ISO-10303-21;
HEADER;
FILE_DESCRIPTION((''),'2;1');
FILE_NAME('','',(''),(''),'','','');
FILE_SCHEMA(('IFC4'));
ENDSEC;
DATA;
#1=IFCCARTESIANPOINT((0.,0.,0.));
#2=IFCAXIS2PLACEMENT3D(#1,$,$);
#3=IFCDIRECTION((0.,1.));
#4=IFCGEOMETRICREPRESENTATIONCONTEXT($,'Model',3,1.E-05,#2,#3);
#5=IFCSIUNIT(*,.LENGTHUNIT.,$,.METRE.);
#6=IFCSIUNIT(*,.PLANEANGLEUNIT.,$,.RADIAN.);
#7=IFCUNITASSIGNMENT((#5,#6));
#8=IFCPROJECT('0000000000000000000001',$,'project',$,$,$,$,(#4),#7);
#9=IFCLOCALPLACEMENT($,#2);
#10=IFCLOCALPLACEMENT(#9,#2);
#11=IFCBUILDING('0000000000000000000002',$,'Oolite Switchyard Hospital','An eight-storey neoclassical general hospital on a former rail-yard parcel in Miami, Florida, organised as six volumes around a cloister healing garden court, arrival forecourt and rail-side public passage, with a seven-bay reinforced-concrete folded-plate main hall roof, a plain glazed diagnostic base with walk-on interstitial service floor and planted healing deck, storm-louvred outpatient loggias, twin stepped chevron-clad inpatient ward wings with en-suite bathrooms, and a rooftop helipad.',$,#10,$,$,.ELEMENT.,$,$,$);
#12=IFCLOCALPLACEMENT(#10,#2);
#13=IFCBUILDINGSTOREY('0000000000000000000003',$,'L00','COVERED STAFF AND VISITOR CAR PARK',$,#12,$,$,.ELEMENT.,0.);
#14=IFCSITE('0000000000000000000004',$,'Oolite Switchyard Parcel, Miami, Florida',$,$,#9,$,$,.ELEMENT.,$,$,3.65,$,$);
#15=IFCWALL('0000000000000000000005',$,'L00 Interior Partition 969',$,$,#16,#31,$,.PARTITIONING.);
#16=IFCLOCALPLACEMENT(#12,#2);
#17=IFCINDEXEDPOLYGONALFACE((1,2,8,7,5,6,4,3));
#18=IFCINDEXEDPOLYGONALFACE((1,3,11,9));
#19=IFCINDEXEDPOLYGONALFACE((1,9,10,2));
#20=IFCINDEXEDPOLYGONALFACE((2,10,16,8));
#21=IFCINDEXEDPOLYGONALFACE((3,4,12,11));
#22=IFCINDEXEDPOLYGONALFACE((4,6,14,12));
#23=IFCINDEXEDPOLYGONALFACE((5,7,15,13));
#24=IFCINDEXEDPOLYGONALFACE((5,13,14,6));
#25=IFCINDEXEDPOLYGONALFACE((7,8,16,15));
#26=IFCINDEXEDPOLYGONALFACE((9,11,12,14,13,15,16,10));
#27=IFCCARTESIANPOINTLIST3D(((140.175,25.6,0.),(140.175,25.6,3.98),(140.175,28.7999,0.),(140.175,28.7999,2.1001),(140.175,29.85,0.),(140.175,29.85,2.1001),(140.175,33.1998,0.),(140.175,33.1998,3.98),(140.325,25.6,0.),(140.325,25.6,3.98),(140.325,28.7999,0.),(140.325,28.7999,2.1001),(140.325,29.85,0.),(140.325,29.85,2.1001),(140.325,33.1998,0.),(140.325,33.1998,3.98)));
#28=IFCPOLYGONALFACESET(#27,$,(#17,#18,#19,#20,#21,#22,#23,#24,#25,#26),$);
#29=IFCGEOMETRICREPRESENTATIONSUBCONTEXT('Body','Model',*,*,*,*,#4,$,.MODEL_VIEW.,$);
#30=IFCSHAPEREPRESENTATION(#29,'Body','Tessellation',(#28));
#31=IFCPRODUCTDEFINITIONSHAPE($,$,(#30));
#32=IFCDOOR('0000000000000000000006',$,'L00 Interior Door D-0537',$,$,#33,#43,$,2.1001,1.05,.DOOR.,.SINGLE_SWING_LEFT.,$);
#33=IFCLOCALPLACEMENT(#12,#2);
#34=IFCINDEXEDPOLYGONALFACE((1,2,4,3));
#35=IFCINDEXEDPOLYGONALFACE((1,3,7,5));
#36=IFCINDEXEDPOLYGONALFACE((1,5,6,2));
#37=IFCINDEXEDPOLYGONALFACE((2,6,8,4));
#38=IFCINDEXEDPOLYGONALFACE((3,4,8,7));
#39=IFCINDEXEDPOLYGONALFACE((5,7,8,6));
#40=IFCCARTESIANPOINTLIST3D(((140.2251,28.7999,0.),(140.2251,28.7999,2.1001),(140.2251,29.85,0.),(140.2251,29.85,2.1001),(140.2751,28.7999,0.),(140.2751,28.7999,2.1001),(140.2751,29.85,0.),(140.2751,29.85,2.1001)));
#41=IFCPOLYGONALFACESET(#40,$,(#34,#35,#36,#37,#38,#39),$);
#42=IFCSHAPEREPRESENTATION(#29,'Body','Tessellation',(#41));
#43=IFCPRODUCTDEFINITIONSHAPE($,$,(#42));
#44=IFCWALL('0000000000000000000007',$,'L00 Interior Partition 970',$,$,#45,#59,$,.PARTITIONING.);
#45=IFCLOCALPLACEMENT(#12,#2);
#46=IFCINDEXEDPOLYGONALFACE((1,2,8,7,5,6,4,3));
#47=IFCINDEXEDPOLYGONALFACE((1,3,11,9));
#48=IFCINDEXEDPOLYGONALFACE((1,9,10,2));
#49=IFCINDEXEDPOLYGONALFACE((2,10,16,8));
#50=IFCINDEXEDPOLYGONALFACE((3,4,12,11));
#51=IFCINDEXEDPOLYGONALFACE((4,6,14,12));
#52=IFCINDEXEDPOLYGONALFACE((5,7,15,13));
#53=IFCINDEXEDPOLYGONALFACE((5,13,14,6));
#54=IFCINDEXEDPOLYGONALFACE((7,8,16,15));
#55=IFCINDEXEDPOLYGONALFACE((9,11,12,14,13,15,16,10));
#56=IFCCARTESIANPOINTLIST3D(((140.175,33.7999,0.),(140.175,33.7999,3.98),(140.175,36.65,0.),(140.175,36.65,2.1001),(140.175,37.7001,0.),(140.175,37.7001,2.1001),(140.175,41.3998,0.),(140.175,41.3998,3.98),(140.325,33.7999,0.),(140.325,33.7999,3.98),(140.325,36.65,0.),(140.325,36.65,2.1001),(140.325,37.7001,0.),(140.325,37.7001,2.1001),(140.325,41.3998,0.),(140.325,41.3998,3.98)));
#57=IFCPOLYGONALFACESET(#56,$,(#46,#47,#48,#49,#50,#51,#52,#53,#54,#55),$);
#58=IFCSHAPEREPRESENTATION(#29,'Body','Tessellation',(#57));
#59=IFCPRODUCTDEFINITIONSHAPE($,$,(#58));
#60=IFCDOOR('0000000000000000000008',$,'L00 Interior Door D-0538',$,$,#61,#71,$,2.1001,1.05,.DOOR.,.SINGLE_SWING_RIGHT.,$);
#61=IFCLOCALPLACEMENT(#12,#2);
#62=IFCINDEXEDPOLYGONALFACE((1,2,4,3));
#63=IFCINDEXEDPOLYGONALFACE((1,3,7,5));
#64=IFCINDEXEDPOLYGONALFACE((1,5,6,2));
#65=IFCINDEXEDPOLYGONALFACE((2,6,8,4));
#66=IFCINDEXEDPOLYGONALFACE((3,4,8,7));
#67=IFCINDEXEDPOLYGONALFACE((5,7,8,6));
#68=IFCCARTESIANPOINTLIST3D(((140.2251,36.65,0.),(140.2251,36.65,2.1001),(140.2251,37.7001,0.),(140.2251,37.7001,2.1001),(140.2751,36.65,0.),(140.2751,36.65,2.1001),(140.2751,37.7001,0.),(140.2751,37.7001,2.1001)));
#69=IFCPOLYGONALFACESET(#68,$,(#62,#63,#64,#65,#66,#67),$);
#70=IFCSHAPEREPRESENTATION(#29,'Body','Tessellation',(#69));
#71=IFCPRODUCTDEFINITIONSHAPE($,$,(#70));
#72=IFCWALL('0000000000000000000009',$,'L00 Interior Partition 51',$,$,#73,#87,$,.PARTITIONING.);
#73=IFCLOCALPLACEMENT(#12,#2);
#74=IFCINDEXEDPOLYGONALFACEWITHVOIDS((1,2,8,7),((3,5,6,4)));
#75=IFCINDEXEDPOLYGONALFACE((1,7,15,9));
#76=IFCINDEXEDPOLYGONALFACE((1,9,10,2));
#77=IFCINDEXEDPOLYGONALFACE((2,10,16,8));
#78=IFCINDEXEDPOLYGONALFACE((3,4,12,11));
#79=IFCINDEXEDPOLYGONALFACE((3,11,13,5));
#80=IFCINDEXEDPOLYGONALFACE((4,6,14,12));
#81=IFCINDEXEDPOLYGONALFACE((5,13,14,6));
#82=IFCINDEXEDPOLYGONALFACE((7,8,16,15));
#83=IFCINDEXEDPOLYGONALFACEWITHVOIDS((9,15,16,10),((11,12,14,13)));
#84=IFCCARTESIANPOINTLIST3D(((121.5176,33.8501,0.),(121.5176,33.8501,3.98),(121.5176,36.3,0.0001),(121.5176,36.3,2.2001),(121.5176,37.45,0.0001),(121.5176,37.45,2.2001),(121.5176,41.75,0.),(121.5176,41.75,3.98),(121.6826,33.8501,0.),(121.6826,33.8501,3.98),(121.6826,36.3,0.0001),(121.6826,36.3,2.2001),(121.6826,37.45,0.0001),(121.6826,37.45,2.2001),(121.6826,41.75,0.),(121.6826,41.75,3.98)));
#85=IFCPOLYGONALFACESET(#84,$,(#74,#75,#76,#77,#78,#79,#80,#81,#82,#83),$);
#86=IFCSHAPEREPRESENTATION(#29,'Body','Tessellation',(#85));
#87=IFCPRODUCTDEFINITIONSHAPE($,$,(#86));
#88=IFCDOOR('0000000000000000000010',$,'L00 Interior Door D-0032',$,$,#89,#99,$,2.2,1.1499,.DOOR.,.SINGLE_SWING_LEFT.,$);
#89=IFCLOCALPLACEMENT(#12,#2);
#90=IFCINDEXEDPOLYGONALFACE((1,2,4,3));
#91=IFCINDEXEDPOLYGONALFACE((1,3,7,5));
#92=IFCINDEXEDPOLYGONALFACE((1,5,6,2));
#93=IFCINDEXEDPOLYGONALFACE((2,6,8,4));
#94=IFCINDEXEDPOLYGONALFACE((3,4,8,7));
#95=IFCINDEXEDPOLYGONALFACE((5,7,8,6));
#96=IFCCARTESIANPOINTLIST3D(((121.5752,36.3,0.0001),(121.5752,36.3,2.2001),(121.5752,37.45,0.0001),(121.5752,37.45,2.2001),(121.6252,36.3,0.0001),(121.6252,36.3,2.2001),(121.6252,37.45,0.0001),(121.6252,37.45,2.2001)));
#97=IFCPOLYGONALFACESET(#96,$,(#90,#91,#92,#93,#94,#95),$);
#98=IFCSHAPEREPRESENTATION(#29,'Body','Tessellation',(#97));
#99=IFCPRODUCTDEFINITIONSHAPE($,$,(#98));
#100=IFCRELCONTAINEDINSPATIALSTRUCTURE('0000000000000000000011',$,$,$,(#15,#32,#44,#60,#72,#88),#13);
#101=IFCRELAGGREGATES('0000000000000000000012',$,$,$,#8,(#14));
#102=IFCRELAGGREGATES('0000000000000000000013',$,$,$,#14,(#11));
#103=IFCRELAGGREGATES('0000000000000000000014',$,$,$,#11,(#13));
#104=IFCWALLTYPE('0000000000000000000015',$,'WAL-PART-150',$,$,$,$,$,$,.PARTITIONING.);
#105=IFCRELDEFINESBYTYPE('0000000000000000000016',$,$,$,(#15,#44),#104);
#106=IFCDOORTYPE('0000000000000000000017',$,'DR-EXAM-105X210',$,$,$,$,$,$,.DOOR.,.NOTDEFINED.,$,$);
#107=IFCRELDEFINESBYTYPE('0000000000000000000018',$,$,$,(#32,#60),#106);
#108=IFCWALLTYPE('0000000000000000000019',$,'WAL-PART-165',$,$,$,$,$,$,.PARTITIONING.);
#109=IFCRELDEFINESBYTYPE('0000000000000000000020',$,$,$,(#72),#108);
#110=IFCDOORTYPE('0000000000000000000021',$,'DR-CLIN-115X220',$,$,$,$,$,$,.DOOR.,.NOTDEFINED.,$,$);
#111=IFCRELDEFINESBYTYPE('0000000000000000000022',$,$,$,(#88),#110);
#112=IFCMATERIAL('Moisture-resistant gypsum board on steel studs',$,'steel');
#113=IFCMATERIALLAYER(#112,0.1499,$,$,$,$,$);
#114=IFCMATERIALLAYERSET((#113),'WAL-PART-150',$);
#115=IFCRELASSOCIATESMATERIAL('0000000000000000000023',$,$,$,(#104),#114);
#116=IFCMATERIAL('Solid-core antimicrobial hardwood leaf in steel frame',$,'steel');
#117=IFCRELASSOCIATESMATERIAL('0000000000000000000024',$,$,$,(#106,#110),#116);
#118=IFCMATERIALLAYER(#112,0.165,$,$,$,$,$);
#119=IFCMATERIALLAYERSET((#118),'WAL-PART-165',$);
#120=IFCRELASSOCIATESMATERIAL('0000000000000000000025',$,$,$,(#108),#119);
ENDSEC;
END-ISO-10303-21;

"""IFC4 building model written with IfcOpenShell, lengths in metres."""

from ifc_helpers import new_model, si_unit, direction, frame, frame_2d, origin, place, context, subcontext, project, spatial, rectangle, extrude, material, layer, layer_set, type_object, element, fill, save


model = new_model("IFC4")

# Units and contexts
model_context = context("Model", 3, precision=1e-05, world=origin(), true_north=direction((0.0, 1.0)))
body_context = subcontext(model_context, "Body", "Model", "MODEL_VIEW")
ifc_project = project(units=[si_unit("LENGTHUNIT", "METRE"), si_unit("PLANEANGLEUNIT", "RADIAN")], contexts=[model_context])

# Site, building, storey
site_placement = place(None, origin())
site = spatial("IfcSite", under=ifc_project, at=site_placement, Name="Oolite Switchyard Parcel, Miami, Florida", CompositionType="ELEMENT", RefElevation=3.65)
building_placement = place(site_placement, origin())
building = spatial("IfcBuilding", under=site, at=building_placement, Name="Oolite Switchyard Hospital", Description="An eight-storey neoclassical general hospital on a former rail-yard parcel in Miami, Florida, organised as six volumes around a cloister healing garden court, arrival forecourt and rail-side public passage, with a seven-bay reinforced-concrete folded-plate main hall roof, a plain glazed diagnostic base with walk-on interstitial service floor and planted healing deck, storm-louvred outpatient loggias, twin stepped chevron-clad inpatient ward wings with en-suite bathrooms, and a rooftop helipad.", CompositionType="ELEMENT")
storey_placement = place(building_placement, origin())
storey = spatial("IfcBuildingStorey", under=building, at=storey_placement, Name="L00", Description="COVERED STAFF AND VISITOR CAR PARK", CompositionType="ELEMENT", Elevation=0.0)

# Walls, openings, doors
ifc_material_1 = material(Name="Moisture-resistant gypsum board on steel studs", Category="steel")
ifc_layer_1 = layer(ifc_material_1, 0.1499)
ifc_layer_set_1 = layer_set([ifc_layer_1], Name="WAL-PART-150")
wall_type_1 = type_object("IfcWallType", Name="WAL-PART-150", PredefinedType="PARTITIONING", material=ifc_layer_set_1)
wall_1_placement = place(storey_placement, frame((140.25, 25.6001, 0.0), z_axis=(0.0, 0.0, 1.0), x_axis=(0.0, 1.0, 0.0)))
wall_1 = element("IfcWall", 1, at=wall_1_placement, inside=storey, type_object=wall_type_1, Name="L00 Interior Partition 969", PredefinedType="PARTITIONING", context=body_context, shape_type="SweptSolid", body=[
    extrude(rectangle(XDim=7.5999, YDim=0.1499, at=frame_2d((3.7998, 0.0))), origin(), (0.0, 0.0, 1.0), 3.98),
])
opening_1_placement = place(wall_1_placement, frame((3.2, 0.0, 0.0)))
opening_1 = element("IfcOpeningElement", 2, at=opening_1_placement, cuts=wall_1, PredefinedType="OPENING", context=body_context, shape_type="SweptSolid", body=[
    extrude(rectangle(XDim=1.05, YDim=2.1001, at=frame_2d((0.5249, 1.05))), frame((0.0, 0.085, 0.0), z_axis=(0.0, -1.0, 0.0), x_axis=(1.0, 0.0, 0.0)), (0.0, 0.0, 1.0), 0.1699),
])
ifc_material_2 = material(Name="Solid-core antimicrobial hardwood leaf in steel frame", Category="steel")
door_type_1 = type_object("IfcDoorType", Name="DR-EXAM-105X210", OperationType="NOTDEFINED", PredefinedType="DOOR", material=ifc_material_2)
door_1_placement = place(opening_1_placement, origin())
door_1 = element("IfcDoor", 3, at=door_1_placement, inside=storey, type_object=door_type_1, Name="L00 Interior Door D-0537", OperationType="SINGLE_SWING_LEFT", OverallHeight=2.1001, OverallWidth=1.05, PredefinedType="DOOR", context=body_context, shape_type="SweptSolid", body=[
    extrude(rectangle(XDim=1.05, YDim=2.1001, at=frame_2d((0.5249, 1.05))), frame((0.0, 0.0249, 0.0), z_axis=(0.0, -1.0, 0.0), x_axis=(1.0, 0.0, 0.0)), (0.0, 0.0, 1.0), 0.05),
])
fill(opening_1, door_1)
wall_2_placement = place(storey_placement, frame((140.25, 33.8, 0.0), z_axis=(0.0, 0.0, 1.0), x_axis=(0.0, 1.0, 0.0)))
wall_2 = element("IfcWall", 4, at=wall_2_placement, inside=storey, type_object=wall_type_1, Name="L00 Interior Partition 970", PredefinedType="PARTITIONING", context=body_context, shape_type="SweptSolid", body=[
    extrude(rectangle(XDim=7.5999, YDim=0.1499, at=frame_2d((3.7998, 0.0))), origin(), (0.0, 0.0, 1.0), 3.98),
])
opening_2_placement = place(wall_2_placement, frame((2.8501, 0.0, 0.0)))
opening_2 = element("IfcOpeningElement", 5, at=opening_2_placement, cuts=wall_2, PredefinedType="OPENING", context=body_context, shape_type="SweptSolid", body=[
    extrude(rectangle(XDim=1.05, YDim=2.1001, at=frame_2d((0.5249, 1.05))), frame((0.0, 0.085, 0.0), z_axis=(0.0, -1.0, 0.0), x_axis=(1.0, 0.0, 0.0)), (0.0, 0.0, 1.0), 0.1699),
])
door_2_placement = place(opening_2_placement, origin())
door_2 = element("IfcDoor", 6, at=door_2_placement, inside=storey, type_object=door_type_1, Name="L00 Interior Door D-0538", OperationType="SINGLE_SWING_RIGHT", OverallHeight=2.1001, OverallWidth=1.05, PredefinedType="DOOR", context=body_context, shape_type="SweptSolid", body=[
    extrude(rectangle(XDim=1.05, YDim=2.1001, at=frame_2d((0.5249, 1.05))), frame((0.0, 0.0249, 0.0), z_axis=(0.0, -1.0, 0.0), x_axis=(1.0, 0.0, 0.0)), (0.0, 0.0, 1.0), 0.05),
])
fill(opening_2, door_2)
ifc_layer_2 = layer(ifc_material_1, 0.165)
ifc_layer_set_2 = layer_set([ifc_layer_2], Name="WAL-PART-165")
wall_type_2 = type_object("IfcWallType", Name="WAL-PART-165", PredefinedType="PARTITIONING", material=ifc_layer_set_2)
wall_3_placement = place(storey_placement, frame((121.6001, 33.8501, 0.0), z_axis=(0.0, 0.0, 1.0), x_axis=(0.0, 1.0, 0.0)))
wall_3 = element("IfcWall", 7, at=wall_3_placement, inside=storey, type_object=wall_type_2, Name="L00 Interior Partition 51", PredefinedType="PARTITIONING", context=body_context, shape_type="SweptSolid", body=[
    extrude(rectangle(XDim=7.8999, YDim=0.165, at=frame_2d((3.95, 0.0))), origin(), (0.0, 0.0, 1.0), 3.98),
])
opening_3_placement = place(wall_3_placement, frame((2.45, 0.0, 0.0)))
opening_3 = element("IfcOpeningElement", 8, at=opening_3_placement, cuts=wall_3, PredefinedType="OPENING", context=body_context, shape_type="SweptSolid", body=[
    extrude(rectangle(XDim=1.1499, YDim=2.2, at=frame_2d((0.575, 1.1001))), frame((0.0, 0.0925, 0.0), z_axis=(0.0, -1.0, 0.0), x_axis=(1.0, 0.0, 0.0)), (0.0, 0.0, 1.0), 0.1851),
])
door_type_2 = type_object("IfcDoorType", Name="DR-CLIN-115X220", OperationType="NOTDEFINED", PredefinedType="DOOR", material=ifc_material_2)
door_3_placement = place(opening_3_placement, origin())
door_3 = element("IfcDoor", 9, at=door_3_placement, inside=storey, type_object=door_type_2, Name="L00 Interior Door D-0032", OperationType="SINGLE_SWING_LEFT", OverallHeight=2.2, OverallWidth=1.1499, PredefinedType="DOOR", context=body_context, shape_type="SweptSolid", body=[
    extrude(rectangle(XDim=1.1499, YDim=2.2, at=frame_2d((0.575, 1.1001))), frame((0.0, 0.0249, 0.0), z_axis=(0.0, -1.0, 0.0), x_axis=(1.0, 0.0, 0.0)), (0.0, 0.0, 1.0), 0.05),
])
fill(opening_3, door_3)

save(model, "model.ifc")
